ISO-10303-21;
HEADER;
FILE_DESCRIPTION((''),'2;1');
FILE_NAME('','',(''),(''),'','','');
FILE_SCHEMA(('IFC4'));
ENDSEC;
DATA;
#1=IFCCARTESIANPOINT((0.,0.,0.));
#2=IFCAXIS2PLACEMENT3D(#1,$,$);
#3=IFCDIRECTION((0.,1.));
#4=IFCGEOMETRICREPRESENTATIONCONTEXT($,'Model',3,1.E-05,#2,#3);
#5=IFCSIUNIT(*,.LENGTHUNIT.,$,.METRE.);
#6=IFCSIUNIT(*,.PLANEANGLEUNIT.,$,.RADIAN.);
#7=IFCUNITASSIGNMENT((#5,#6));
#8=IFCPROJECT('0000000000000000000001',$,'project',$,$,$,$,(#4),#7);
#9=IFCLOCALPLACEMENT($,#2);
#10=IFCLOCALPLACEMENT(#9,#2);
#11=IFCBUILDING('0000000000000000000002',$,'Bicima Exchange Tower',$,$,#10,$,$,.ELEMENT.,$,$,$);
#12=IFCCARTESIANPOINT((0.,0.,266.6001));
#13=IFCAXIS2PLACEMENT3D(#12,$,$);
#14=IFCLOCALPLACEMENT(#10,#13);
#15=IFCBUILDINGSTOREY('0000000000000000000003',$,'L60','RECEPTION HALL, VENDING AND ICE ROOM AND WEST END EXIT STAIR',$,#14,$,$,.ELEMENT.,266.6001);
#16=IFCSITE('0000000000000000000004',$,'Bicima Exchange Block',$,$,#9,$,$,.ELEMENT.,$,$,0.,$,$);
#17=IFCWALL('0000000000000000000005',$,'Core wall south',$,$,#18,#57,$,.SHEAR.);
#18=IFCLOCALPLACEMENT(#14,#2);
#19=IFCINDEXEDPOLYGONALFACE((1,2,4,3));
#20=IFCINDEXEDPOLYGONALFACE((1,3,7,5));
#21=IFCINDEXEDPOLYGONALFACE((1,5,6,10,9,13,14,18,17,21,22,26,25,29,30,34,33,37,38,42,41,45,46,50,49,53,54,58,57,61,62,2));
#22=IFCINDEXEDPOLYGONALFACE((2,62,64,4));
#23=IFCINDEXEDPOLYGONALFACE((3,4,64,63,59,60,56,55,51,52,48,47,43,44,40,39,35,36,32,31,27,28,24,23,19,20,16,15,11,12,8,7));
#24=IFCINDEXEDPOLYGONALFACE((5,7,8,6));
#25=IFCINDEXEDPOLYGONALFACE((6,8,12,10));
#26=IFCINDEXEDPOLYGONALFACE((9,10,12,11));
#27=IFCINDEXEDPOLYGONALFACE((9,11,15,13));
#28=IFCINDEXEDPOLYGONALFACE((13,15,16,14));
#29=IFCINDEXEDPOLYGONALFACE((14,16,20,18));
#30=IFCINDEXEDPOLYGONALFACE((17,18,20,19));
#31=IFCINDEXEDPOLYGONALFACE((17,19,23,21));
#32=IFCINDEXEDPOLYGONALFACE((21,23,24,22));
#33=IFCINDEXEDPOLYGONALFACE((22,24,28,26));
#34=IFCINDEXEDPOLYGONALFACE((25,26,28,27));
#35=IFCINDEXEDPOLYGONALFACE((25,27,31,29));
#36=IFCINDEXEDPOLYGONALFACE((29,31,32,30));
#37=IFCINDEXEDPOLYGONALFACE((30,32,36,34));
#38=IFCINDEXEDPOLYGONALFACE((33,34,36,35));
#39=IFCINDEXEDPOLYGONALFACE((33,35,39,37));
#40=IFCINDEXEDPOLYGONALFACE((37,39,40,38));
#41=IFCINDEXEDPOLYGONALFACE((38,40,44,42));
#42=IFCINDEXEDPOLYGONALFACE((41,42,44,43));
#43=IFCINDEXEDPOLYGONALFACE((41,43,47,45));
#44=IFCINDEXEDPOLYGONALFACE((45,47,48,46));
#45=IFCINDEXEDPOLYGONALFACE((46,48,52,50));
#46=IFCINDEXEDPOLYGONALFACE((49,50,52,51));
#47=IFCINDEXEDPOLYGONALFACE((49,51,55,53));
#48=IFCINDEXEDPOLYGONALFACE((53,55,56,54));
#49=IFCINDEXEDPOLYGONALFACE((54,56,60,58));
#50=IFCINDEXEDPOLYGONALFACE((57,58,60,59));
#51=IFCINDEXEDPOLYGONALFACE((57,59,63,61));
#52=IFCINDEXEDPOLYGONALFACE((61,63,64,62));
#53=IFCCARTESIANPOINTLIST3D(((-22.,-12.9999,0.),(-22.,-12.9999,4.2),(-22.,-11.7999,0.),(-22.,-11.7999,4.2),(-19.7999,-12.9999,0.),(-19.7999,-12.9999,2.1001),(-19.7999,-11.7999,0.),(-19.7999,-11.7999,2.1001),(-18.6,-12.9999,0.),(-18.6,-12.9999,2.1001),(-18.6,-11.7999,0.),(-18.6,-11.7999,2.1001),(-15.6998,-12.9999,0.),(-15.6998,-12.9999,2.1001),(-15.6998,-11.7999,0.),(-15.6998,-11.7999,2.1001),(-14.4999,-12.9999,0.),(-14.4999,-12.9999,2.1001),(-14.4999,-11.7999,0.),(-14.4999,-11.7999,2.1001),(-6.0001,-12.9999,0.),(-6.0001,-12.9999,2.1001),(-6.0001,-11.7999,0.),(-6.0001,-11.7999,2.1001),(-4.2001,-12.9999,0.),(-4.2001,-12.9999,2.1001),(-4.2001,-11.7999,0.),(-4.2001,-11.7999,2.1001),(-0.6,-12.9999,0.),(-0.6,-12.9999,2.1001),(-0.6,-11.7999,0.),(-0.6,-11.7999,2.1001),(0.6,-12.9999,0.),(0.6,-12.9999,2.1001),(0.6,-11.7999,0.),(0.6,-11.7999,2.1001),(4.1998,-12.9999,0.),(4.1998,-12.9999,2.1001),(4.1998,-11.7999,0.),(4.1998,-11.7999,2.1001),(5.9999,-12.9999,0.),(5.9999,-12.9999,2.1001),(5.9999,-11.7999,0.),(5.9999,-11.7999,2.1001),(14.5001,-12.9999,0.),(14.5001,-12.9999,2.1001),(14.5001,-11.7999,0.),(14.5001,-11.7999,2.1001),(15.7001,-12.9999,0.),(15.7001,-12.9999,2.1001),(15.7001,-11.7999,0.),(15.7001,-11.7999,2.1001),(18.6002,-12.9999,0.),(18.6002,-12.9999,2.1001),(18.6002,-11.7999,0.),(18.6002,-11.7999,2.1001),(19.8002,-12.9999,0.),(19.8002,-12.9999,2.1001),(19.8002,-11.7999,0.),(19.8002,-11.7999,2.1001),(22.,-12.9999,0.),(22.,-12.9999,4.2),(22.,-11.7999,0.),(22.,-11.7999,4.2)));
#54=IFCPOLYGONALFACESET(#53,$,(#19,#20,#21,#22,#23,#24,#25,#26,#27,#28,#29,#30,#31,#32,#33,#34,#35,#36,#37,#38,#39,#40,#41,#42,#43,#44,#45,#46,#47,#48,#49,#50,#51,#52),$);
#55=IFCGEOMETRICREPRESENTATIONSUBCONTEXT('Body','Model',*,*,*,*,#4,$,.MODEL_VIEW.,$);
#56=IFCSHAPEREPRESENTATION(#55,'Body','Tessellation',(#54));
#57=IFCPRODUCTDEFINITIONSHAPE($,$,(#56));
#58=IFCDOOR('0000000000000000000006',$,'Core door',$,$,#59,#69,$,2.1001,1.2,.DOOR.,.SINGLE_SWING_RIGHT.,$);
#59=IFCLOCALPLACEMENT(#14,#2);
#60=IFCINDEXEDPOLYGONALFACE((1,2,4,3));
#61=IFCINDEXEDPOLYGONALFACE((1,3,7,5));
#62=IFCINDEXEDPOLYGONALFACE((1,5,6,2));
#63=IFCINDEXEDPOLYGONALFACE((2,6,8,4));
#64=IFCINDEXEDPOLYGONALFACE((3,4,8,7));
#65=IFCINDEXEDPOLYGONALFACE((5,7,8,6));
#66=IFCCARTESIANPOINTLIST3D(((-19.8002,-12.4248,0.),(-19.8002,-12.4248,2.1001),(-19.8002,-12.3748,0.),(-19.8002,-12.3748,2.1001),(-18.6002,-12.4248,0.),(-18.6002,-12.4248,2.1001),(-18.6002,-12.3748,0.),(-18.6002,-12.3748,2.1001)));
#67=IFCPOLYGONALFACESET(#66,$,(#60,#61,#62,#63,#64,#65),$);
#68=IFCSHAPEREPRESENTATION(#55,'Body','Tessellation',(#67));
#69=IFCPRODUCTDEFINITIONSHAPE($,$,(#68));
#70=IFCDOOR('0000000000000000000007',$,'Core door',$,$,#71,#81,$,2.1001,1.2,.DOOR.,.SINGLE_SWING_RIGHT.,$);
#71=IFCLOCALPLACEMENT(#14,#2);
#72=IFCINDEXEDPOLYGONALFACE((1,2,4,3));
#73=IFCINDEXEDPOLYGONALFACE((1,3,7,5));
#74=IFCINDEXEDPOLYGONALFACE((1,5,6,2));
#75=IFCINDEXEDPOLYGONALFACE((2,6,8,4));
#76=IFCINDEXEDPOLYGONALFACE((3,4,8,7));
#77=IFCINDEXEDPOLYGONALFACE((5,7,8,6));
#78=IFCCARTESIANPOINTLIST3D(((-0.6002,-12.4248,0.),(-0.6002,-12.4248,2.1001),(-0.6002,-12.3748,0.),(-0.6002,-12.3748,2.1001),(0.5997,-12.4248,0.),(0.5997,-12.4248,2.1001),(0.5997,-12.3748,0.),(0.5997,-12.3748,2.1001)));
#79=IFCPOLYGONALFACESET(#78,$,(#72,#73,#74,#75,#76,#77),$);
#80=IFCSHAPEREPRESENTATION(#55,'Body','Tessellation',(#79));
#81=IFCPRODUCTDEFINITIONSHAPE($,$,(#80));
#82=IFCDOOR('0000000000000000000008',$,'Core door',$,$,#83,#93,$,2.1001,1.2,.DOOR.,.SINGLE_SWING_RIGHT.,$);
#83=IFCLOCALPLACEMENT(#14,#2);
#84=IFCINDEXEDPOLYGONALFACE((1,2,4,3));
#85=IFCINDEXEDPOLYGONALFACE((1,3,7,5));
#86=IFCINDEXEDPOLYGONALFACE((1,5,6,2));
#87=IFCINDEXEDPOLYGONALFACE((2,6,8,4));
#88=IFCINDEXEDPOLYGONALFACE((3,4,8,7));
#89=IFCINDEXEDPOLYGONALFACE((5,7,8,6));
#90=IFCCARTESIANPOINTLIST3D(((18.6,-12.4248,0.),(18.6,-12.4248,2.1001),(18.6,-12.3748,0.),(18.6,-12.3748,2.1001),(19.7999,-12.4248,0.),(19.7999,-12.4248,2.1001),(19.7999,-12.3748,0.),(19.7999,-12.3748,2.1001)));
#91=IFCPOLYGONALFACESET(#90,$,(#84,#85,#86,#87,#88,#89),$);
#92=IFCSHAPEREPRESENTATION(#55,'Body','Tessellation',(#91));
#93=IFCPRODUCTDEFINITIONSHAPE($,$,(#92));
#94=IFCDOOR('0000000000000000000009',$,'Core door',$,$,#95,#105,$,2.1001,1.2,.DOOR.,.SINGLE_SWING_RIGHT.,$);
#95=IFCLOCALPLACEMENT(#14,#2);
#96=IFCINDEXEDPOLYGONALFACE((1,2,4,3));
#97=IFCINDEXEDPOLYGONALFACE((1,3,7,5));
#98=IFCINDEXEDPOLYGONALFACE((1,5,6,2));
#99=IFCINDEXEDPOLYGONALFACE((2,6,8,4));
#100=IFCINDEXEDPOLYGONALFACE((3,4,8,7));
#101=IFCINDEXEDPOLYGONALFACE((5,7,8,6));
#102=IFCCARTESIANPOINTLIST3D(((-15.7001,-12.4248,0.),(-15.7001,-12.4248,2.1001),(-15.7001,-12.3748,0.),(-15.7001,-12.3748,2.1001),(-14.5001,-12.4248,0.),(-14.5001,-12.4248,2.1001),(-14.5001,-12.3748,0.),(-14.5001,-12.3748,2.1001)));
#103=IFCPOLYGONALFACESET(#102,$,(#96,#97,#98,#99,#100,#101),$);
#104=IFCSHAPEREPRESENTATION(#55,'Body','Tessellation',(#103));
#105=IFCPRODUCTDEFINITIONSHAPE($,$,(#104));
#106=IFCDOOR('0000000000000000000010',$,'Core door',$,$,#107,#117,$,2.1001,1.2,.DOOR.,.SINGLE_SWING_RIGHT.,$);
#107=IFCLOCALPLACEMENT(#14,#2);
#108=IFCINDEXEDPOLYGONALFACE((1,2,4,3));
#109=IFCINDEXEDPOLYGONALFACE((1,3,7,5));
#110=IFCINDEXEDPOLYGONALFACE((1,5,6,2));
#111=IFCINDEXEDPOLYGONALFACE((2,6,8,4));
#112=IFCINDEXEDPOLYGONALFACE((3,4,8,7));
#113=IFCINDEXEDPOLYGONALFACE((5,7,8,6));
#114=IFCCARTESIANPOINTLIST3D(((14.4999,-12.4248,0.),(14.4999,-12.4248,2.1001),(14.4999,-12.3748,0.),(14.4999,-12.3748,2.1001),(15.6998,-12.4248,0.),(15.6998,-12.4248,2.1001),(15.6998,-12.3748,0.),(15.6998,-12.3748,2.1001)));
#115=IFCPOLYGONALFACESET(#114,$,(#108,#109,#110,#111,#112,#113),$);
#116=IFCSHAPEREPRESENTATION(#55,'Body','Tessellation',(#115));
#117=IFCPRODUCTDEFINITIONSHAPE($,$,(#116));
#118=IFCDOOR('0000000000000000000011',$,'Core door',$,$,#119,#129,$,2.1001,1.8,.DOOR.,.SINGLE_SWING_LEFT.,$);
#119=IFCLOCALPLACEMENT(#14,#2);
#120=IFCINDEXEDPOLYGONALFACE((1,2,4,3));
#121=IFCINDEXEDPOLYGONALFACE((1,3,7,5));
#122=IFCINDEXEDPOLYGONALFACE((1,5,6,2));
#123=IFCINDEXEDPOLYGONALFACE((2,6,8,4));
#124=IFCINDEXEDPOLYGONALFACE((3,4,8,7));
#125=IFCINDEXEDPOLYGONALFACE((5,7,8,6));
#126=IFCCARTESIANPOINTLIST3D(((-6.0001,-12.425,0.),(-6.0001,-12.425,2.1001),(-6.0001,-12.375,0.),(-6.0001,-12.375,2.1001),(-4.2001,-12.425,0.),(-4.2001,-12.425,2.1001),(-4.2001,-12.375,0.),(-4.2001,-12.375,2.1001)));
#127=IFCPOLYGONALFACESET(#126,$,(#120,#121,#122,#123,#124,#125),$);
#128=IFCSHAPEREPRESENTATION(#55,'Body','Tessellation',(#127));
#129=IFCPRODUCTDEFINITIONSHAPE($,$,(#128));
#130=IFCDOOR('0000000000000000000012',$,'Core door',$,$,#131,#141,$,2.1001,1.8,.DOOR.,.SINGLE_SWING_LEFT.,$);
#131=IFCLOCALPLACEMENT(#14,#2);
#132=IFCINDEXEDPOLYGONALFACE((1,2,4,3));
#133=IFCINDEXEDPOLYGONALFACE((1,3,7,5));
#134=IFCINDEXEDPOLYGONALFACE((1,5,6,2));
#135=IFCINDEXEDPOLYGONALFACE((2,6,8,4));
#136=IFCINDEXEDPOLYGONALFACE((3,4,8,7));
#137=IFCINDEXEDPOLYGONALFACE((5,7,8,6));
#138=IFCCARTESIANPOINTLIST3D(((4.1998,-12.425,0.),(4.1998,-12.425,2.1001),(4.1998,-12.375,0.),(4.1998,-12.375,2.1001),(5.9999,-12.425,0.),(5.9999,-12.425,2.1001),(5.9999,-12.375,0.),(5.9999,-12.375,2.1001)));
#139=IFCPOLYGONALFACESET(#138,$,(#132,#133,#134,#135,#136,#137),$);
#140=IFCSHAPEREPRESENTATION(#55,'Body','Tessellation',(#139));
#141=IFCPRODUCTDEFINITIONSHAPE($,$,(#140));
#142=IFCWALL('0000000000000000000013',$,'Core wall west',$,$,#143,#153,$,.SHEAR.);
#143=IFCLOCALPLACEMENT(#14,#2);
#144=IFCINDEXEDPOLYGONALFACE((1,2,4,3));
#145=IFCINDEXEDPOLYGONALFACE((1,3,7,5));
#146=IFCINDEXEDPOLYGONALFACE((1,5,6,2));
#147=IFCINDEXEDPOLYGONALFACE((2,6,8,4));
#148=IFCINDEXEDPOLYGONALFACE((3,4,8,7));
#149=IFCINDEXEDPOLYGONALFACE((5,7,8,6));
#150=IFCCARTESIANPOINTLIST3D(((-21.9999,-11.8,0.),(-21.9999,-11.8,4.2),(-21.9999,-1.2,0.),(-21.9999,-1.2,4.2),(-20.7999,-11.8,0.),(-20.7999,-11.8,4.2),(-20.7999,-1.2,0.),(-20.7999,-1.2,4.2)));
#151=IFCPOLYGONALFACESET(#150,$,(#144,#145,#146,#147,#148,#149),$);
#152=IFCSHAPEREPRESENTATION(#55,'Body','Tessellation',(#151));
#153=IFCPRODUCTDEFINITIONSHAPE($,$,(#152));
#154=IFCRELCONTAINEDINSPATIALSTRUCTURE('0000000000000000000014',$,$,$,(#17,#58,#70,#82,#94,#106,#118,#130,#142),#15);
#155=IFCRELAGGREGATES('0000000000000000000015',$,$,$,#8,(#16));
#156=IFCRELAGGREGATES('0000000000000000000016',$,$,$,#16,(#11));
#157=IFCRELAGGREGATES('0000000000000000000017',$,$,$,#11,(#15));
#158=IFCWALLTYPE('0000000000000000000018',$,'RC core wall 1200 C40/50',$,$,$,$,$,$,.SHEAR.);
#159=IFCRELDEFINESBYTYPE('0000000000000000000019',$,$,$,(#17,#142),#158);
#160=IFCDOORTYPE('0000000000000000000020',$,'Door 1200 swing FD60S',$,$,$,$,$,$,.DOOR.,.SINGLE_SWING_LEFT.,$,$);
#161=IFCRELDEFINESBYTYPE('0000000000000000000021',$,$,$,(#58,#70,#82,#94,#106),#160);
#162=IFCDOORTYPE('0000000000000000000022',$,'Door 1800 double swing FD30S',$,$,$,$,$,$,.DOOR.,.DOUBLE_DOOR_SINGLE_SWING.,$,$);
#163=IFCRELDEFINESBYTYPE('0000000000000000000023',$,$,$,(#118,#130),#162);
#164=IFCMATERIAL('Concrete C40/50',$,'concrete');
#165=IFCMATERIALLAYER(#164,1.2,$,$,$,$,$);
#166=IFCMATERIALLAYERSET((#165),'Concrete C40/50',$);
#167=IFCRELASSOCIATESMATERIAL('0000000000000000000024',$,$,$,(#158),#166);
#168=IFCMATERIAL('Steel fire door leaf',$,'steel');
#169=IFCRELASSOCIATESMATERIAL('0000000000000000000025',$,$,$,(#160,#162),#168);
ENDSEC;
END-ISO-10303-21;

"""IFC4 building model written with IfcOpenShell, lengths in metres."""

from ifc_helpers import new_model, si_unit, direction, frame, frame_2d, origin, place, context, subcontext, project, spatial, rectangle, extrude, material, layer, layer_set, type_object, element, fill, save


model = new_model("IFC4")

# Units and contexts
model_context = context("Model", 3, precision=1e-05, world=origin(), true_north=direction((0.0, 1.0)))
body_context = subcontext(model_context, "Body", "Model", "MODEL_VIEW")
ifc_project = project(units=[si_unit("LENGTHUNIT", "METRE"), si_unit("PLANEANGLEUNIT", "RADIAN")], contexts=[model_context])

# Site, building, storey
site_placement = place(None, origin())
site = spatial("IfcSite", under=ifc_project, at=site_placement, Name="Bicima Exchange Block", CompositionType="ELEMENT", RefElevation=0.0)
building_placement = place(site_placement, origin())
building = spatial("IfcBuilding", under=site, at=building_placement, Name="Bicima Exchange Tower", CompositionType="ELEMENT")
storey_placement = place(building_placement, frame((0.0, 0.0, 266.6001)))
storey = spatial("IfcBuildingStorey", under=building, at=storey_placement, Name="L60", Description="RECEPTION HALL, VENDING AND ICE ROOM AND WEST END EXIT STAIR", CompositionType="ELEMENT", Elevation=266.6001)

# Wall, openings, doors
ifc_material_1 = material(Name="Concrete C40/50", Category="concrete")
ifc_layer_1 = layer(ifc_material_1, 1.2)
ifc_layer_set_1 = layer_set([ifc_layer_1], Name="Concrete C40/50")
wall_type_1 = type_object("IfcWallType", Name="RC core wall 1200 C40/50", PredefinedType="SHEAR", material=ifc_layer_set_1)
wall_1_placement = place(storey_placement, frame((-22.0, -12.3999, 0.0), z_axis=(0.0, 0.0, 1.0), x_axis=(1.0, 0.0, 0.0)))
wall_1 = element("IfcWall", 1, at=wall_1_placement, inside=storey, type_object=wall_type_1, Name="Core wall south", PredefinedType="SHEAR", context=body_context, shape_type="SweptSolid", body=[
    extrude(rectangle(XDim=44.0, YDim=1.2, at=frame_2d((22.0, 0.0))), origin(), (0.0, 0.0, 1.0), 4.2),
])
opening_1_placement = place(wall_1_placement, frame((2.2, 0.0, 0.0)))
opening_1 = element("IfcOpeningElement", 2, at=opening_1_placement, cuts=wall_1, PredefinedType="OPENING", context=body_context, shape_type="SweptSolid", body=[
    extrude(rectangle(XDim=1.2, YDim=2.1001, at=frame_2d((0.6001, 1.05))), frame((0.0, 0.6118, 0.0), z_axis=(0.0, -1.0, 0.0), x_axis=(1.0, 0.0, 0.0)), (0.0, 0.0, 1.0), 1.2239),
])
opening_2_placement = place(wall_1_placement, frame((21.3999, 0.0, 0.0)))
opening_2 = element("IfcOpeningElement", 3, at=opening_2_placement, cuts=wall_1, PredefinedType="OPENING", context=body_context, shape_type="SweptSolid", body=[
    extrude(rectangle(XDim=1.2, YDim=2.1001, at=frame_2d((0.6001, 1.05))), frame((0.0, 0.6118, 0.0), z_axis=(0.0, -1.0, 0.0), x_axis=(1.0, 0.0, 0.0)), (0.0, 0.0, 1.0), 1.2239),
])
opening_3_placement = place(wall_1_placement, frame((40.6001, 0.0, 0.0)))
opening_3 = element("IfcOpeningElement", 4, at=opening_3_placement, cuts=wall_1, PredefinedType="OPENING", context=body_context, shape_type="SweptSolid", body=[
    extrude(rectangle(XDim=1.2, YDim=2.1001, at=frame_2d((0.6001, 1.05))), frame((0.0, 0.6118, 0.0), z_axis=(0.0, -1.0, 0.0), x_axis=(1.0, 0.0, 0.0)), (0.0, 0.0, 1.0), 1.2239),
])
opening_4_placement = place(wall_1_placement, frame((16.0, 0.0, 0.0)))
opening_4 = element("IfcOpeningElement", 5, at=opening_4_placement, cuts=wall_1, PredefinedType="OPENING", context=body_context, shape_type="SweptSolid", body=[
    extrude(rectangle(XDim=1.8, YDim=2.1001, at=frame_2d((0.8999, 1.05))), frame((0.0, 0.6118, 0.0), z_axis=(0.0, -1.0, 0.0), x_axis=(1.0, 0.0, 0.0)), (0.0, 0.0, 1.0), 1.2239),
])
opening_5_placement = place(wall_1_placement, frame((6.3, 0.0, 0.0)))
opening_5 = element("IfcOpeningElement", 6, at=opening_5_placement, cuts=wall_1, PredefinedType="OPENING", context=body_context, shape_type="SweptSolid", body=[
    extrude(rectangle(XDim=1.2, YDim=2.1001, at=frame_2d((0.6001, 1.05))), frame((0.0, 0.6118, 0.0), z_axis=(0.0, -1.0, 0.0), x_axis=(1.0, 0.0, 0.0)), (0.0, 0.0, 1.0), 1.2239),
])
opening_6_placement = place(wall_1_placement, frame((26.2, 0.0, 0.0)))
opening_6 = element("IfcOpeningElement", 7, at=opening_6_placement, cuts=wall_1, PredefinedType="OPENING", context=body_context, shape_type="SweptSolid", body=[
    extrude(rectangle(XDim=1.8, YDim=2.1001, at=frame_2d((0.8999, 1.05))), frame((0.0, 0.6118, 0.0), z_axis=(0.0, -1.0, 0.0), x_axis=(1.0, 0.0, 0.0)), (0.0, 0.0, 1.0), 1.2239),
])
opening_7_placement = place(wall_1_placement, frame((36.5, 0.0, 0.0)))
opening_7 = element("IfcOpeningElement", 8, at=opening_7_placement, cuts=wall_1, PredefinedType="OPENING", context=body_context, shape_type="SweptSolid", body=[
    extrude(rectangle(XDim=1.2, YDim=2.1001, at=frame_2d((0.6001, 1.05))), frame((0.0, 0.6118, 0.0), z_axis=(0.0, -1.0, 0.0), x_axis=(1.0, 0.0, 0.0)), (0.0, 0.0, 1.0), 1.2239),
])
ifc_material_2 = material(Name="Steel fire door leaf", Category="steel")
door_type_1 = type_object("IfcDoorType", Name="Door 1200 swing FD60S", OperationType="SINGLE_SWING_LEFT", PredefinedType="DOOR", material=ifc_material_2)
door_1_placement = place(opening_1_placement, frame((1.2, 0.0, 0.0), z_axis=(0.0, 0.0, 1.0), x_axis=(-1.0, 0.0, 0.0)))
door_1 = element("IfcDoor", 9, at=door_1_placement, inside=storey, type_object=door_type_1, Name="Core door", OperationType="SINGLE_SWING_RIGHT", OverallHeight=2.1001, OverallWidth=1.2, PredefinedType="DOOR", context=body_context, shape_type="SweptSolid", body=[
    extrude(rectangle(XDim=1.2, YDim=2.1001, at=frame_2d((0.6001, 1.05))), frame((0.0, 0.0249, 0.0), z_axis=(0.0, -1.0, 0.0), x_axis=(1.0, 0.0, 0.0)), (0.0, 0.0, 1.0), 0.05),
])
fill(opening_1, door_1)
door_2_placement = place(opening_2_placement, frame((1.2, 0.0, 0.0), z_axis=(0.0, 0.0, 1.0), x_axis=(-1.0, 0.0, 0.0)))
door_2 = element("IfcDoor", 10, at=door_2_placement, inside=storey, type_object=door_type_1, Name="Core door", OperationType="SINGLE_SWING_RIGHT", OverallHeight=2.1001, OverallWidth=1.2, PredefinedType="DOOR", context=body_context, shape_type="SweptSolid", body=[
    extrude(rectangle(XDim=1.2, YDim=2.1001, at=frame_2d((0.6001, 1.05))), frame((0.0, 0.0249, 0.0), z_axis=(0.0, -1.0, 0.0), x_axis=(1.0, 0.0, 0.0)), (0.0, 0.0, 1.0), 0.05),
])
fill(opening_2, door_2)
door_3_placement = place(opening_3_placement, frame((1.2, 0.0, 0.0), z_axis=(0.0, 0.0, 1.0), x_axis=(-1.0, 0.0, 0.0)))
door_3 = element("IfcDoor", 11, at=door_3_placement, inside=storey, type_object=door_type_1, Name="Core door", OperationType="SINGLE_SWING_RIGHT", OverallHeight=2.1001, OverallWidth=1.2, PredefinedType="DOOR", context=body_context, shape_type="SweptSolid", body=[
    extrude(rectangle(XDim=1.2, YDim=2.1001, at=frame_2d((0.6001, 1.05))), frame((0.0, 0.0249, 0.0), z_axis=(0.0, -1.0, 0.0), x_axis=(1.0, 0.0, 0.0)), (0.0, 0.0, 1.0), 0.05),
])
fill(opening_3, door_3)
door_4_placement = place(opening_5_placement, frame((1.2, 0.0, 0.0), z_axis=(0.0, 0.0, 1.0), x_axis=(-1.0, 0.0, 0.0)))
door_4 = element("IfcDoor", 12, at=door_4_placement, inside=storey, type_object=door_type_1, Name="Core door", OperationType="SINGLE_SWING_RIGHT", OverallHeight=2.1001, OverallWidth=1.2, PredefinedType="DOOR", context=body_context, shape_type="SweptSolid", body=[
    extrude(rectangle(XDim=1.2, YDim=2.1001, at=frame_2d((0.6001, 1.05))), frame((0.0, 0.0249, 0.0), z_axis=(0.0, -1.0, 0.0), x_axis=(1.0, 0.0, 0.0)), (0.0, 0.0, 1.0), 0.05),
])
fill(opening_5, door_4)
door_5_placement = place(opening_7_placement, frame((1.2, 0.0, 0.0), z_axis=(0.0, 0.0, 1.0), x_axis=(-1.0, 0.0, 0.0)))
door_5 = element("IfcDoor", 13, at=door_5_placement, inside=storey, type_object=door_type_1, Name="Core door", OperationType="SINGLE_SWING_RIGHT", OverallHeight=2.1001, OverallWidth=1.2, PredefinedType="DOOR", context=body_context, shape_type="SweptSolid", body=[
    extrude(rectangle(XDim=1.2, YDim=2.1001, at=frame_2d((0.6001, 1.05))), frame((0.0, 0.0249, 0.0), z_axis=(0.0, -1.0, 0.0), x_axis=(1.0, 0.0, 0.0)), (0.0, 0.0, 1.0), 0.05),
])
fill(opening_7, door_5)
door_type_2 = type_object("IfcDoorType", Name="Door 1800 double swing FD30S", OperationType="DOUBLE_DOOR_SINGLE_SWING", PredefinedType="DOOR", material=ifc_material_2)
door_6_placement = place(opening_4_placement, origin())
door_6 = element("IfcDoor", 14, at=door_6_placement, inside=storey, type_object=door_type_2, Name="Core door", OperationType="SINGLE_SWING_LEFT", OverallHeight=2.1001, OverallWidth=1.8, PredefinedType="DOOR", context=body_context, shape_type="SweptSolid", body=[
    extrude(rectangle(XDim=1.8, YDim=2.1001, at=frame_2d((0.8999, 1.05))), frame((0.0, 0.0249, 0.0), z_axis=(0.0, -1.0, 0.0), x_axis=(1.0, 0.0, 0.0)), (0.0, 0.0, 1.0), 0.05),
])
fill(opening_4, door_6)
door_7_placement = place(opening_6_placement, origin())
door_7 = element("IfcDoor", 15, at=door_7_placement, inside=storey, type_object=door_type_2, Name="Core door", OperationType="SINGLE_SWING_LEFT", OverallHeight=2.1001, OverallWidth=1.8, PredefinedType="DOOR", context=body_context, shape_type="SweptSolid", body=[
    extrude(rectangle(XDim=1.8, YDim=2.1001, at=frame_2d((0.8999, 1.05))), frame((0.0, 0.0249, 0.0), z_axis=(0.0, -1.0, 0.0), x_axis=(1.0, 0.0, 0.0)), (0.0, 0.0, 1.0), 0.05),
])
fill(opening_6, door_7)

# Wall
wall_2_placement = place(storey_placement, frame((-21.3999, -11.8, 0.0), z_axis=(0.0, 0.0, 1.0), x_axis=(0.0, 1.0, 0.0)))
element("IfcWall", 16, at=wall_2_placement, inside=storey, type_object=wall_type_1, Name="Core wall west", PredefinedType="SHEAR", context=body_context, shape_type="SweptSolid", body=[
    extrude(rectangle(XDim=10.6001, YDim=1.2, at=frame_2d((5.3, 0.0))), origin(), (0.0, 0.0, 1.0), 4.2),
])

save(model, "model.ifc")
